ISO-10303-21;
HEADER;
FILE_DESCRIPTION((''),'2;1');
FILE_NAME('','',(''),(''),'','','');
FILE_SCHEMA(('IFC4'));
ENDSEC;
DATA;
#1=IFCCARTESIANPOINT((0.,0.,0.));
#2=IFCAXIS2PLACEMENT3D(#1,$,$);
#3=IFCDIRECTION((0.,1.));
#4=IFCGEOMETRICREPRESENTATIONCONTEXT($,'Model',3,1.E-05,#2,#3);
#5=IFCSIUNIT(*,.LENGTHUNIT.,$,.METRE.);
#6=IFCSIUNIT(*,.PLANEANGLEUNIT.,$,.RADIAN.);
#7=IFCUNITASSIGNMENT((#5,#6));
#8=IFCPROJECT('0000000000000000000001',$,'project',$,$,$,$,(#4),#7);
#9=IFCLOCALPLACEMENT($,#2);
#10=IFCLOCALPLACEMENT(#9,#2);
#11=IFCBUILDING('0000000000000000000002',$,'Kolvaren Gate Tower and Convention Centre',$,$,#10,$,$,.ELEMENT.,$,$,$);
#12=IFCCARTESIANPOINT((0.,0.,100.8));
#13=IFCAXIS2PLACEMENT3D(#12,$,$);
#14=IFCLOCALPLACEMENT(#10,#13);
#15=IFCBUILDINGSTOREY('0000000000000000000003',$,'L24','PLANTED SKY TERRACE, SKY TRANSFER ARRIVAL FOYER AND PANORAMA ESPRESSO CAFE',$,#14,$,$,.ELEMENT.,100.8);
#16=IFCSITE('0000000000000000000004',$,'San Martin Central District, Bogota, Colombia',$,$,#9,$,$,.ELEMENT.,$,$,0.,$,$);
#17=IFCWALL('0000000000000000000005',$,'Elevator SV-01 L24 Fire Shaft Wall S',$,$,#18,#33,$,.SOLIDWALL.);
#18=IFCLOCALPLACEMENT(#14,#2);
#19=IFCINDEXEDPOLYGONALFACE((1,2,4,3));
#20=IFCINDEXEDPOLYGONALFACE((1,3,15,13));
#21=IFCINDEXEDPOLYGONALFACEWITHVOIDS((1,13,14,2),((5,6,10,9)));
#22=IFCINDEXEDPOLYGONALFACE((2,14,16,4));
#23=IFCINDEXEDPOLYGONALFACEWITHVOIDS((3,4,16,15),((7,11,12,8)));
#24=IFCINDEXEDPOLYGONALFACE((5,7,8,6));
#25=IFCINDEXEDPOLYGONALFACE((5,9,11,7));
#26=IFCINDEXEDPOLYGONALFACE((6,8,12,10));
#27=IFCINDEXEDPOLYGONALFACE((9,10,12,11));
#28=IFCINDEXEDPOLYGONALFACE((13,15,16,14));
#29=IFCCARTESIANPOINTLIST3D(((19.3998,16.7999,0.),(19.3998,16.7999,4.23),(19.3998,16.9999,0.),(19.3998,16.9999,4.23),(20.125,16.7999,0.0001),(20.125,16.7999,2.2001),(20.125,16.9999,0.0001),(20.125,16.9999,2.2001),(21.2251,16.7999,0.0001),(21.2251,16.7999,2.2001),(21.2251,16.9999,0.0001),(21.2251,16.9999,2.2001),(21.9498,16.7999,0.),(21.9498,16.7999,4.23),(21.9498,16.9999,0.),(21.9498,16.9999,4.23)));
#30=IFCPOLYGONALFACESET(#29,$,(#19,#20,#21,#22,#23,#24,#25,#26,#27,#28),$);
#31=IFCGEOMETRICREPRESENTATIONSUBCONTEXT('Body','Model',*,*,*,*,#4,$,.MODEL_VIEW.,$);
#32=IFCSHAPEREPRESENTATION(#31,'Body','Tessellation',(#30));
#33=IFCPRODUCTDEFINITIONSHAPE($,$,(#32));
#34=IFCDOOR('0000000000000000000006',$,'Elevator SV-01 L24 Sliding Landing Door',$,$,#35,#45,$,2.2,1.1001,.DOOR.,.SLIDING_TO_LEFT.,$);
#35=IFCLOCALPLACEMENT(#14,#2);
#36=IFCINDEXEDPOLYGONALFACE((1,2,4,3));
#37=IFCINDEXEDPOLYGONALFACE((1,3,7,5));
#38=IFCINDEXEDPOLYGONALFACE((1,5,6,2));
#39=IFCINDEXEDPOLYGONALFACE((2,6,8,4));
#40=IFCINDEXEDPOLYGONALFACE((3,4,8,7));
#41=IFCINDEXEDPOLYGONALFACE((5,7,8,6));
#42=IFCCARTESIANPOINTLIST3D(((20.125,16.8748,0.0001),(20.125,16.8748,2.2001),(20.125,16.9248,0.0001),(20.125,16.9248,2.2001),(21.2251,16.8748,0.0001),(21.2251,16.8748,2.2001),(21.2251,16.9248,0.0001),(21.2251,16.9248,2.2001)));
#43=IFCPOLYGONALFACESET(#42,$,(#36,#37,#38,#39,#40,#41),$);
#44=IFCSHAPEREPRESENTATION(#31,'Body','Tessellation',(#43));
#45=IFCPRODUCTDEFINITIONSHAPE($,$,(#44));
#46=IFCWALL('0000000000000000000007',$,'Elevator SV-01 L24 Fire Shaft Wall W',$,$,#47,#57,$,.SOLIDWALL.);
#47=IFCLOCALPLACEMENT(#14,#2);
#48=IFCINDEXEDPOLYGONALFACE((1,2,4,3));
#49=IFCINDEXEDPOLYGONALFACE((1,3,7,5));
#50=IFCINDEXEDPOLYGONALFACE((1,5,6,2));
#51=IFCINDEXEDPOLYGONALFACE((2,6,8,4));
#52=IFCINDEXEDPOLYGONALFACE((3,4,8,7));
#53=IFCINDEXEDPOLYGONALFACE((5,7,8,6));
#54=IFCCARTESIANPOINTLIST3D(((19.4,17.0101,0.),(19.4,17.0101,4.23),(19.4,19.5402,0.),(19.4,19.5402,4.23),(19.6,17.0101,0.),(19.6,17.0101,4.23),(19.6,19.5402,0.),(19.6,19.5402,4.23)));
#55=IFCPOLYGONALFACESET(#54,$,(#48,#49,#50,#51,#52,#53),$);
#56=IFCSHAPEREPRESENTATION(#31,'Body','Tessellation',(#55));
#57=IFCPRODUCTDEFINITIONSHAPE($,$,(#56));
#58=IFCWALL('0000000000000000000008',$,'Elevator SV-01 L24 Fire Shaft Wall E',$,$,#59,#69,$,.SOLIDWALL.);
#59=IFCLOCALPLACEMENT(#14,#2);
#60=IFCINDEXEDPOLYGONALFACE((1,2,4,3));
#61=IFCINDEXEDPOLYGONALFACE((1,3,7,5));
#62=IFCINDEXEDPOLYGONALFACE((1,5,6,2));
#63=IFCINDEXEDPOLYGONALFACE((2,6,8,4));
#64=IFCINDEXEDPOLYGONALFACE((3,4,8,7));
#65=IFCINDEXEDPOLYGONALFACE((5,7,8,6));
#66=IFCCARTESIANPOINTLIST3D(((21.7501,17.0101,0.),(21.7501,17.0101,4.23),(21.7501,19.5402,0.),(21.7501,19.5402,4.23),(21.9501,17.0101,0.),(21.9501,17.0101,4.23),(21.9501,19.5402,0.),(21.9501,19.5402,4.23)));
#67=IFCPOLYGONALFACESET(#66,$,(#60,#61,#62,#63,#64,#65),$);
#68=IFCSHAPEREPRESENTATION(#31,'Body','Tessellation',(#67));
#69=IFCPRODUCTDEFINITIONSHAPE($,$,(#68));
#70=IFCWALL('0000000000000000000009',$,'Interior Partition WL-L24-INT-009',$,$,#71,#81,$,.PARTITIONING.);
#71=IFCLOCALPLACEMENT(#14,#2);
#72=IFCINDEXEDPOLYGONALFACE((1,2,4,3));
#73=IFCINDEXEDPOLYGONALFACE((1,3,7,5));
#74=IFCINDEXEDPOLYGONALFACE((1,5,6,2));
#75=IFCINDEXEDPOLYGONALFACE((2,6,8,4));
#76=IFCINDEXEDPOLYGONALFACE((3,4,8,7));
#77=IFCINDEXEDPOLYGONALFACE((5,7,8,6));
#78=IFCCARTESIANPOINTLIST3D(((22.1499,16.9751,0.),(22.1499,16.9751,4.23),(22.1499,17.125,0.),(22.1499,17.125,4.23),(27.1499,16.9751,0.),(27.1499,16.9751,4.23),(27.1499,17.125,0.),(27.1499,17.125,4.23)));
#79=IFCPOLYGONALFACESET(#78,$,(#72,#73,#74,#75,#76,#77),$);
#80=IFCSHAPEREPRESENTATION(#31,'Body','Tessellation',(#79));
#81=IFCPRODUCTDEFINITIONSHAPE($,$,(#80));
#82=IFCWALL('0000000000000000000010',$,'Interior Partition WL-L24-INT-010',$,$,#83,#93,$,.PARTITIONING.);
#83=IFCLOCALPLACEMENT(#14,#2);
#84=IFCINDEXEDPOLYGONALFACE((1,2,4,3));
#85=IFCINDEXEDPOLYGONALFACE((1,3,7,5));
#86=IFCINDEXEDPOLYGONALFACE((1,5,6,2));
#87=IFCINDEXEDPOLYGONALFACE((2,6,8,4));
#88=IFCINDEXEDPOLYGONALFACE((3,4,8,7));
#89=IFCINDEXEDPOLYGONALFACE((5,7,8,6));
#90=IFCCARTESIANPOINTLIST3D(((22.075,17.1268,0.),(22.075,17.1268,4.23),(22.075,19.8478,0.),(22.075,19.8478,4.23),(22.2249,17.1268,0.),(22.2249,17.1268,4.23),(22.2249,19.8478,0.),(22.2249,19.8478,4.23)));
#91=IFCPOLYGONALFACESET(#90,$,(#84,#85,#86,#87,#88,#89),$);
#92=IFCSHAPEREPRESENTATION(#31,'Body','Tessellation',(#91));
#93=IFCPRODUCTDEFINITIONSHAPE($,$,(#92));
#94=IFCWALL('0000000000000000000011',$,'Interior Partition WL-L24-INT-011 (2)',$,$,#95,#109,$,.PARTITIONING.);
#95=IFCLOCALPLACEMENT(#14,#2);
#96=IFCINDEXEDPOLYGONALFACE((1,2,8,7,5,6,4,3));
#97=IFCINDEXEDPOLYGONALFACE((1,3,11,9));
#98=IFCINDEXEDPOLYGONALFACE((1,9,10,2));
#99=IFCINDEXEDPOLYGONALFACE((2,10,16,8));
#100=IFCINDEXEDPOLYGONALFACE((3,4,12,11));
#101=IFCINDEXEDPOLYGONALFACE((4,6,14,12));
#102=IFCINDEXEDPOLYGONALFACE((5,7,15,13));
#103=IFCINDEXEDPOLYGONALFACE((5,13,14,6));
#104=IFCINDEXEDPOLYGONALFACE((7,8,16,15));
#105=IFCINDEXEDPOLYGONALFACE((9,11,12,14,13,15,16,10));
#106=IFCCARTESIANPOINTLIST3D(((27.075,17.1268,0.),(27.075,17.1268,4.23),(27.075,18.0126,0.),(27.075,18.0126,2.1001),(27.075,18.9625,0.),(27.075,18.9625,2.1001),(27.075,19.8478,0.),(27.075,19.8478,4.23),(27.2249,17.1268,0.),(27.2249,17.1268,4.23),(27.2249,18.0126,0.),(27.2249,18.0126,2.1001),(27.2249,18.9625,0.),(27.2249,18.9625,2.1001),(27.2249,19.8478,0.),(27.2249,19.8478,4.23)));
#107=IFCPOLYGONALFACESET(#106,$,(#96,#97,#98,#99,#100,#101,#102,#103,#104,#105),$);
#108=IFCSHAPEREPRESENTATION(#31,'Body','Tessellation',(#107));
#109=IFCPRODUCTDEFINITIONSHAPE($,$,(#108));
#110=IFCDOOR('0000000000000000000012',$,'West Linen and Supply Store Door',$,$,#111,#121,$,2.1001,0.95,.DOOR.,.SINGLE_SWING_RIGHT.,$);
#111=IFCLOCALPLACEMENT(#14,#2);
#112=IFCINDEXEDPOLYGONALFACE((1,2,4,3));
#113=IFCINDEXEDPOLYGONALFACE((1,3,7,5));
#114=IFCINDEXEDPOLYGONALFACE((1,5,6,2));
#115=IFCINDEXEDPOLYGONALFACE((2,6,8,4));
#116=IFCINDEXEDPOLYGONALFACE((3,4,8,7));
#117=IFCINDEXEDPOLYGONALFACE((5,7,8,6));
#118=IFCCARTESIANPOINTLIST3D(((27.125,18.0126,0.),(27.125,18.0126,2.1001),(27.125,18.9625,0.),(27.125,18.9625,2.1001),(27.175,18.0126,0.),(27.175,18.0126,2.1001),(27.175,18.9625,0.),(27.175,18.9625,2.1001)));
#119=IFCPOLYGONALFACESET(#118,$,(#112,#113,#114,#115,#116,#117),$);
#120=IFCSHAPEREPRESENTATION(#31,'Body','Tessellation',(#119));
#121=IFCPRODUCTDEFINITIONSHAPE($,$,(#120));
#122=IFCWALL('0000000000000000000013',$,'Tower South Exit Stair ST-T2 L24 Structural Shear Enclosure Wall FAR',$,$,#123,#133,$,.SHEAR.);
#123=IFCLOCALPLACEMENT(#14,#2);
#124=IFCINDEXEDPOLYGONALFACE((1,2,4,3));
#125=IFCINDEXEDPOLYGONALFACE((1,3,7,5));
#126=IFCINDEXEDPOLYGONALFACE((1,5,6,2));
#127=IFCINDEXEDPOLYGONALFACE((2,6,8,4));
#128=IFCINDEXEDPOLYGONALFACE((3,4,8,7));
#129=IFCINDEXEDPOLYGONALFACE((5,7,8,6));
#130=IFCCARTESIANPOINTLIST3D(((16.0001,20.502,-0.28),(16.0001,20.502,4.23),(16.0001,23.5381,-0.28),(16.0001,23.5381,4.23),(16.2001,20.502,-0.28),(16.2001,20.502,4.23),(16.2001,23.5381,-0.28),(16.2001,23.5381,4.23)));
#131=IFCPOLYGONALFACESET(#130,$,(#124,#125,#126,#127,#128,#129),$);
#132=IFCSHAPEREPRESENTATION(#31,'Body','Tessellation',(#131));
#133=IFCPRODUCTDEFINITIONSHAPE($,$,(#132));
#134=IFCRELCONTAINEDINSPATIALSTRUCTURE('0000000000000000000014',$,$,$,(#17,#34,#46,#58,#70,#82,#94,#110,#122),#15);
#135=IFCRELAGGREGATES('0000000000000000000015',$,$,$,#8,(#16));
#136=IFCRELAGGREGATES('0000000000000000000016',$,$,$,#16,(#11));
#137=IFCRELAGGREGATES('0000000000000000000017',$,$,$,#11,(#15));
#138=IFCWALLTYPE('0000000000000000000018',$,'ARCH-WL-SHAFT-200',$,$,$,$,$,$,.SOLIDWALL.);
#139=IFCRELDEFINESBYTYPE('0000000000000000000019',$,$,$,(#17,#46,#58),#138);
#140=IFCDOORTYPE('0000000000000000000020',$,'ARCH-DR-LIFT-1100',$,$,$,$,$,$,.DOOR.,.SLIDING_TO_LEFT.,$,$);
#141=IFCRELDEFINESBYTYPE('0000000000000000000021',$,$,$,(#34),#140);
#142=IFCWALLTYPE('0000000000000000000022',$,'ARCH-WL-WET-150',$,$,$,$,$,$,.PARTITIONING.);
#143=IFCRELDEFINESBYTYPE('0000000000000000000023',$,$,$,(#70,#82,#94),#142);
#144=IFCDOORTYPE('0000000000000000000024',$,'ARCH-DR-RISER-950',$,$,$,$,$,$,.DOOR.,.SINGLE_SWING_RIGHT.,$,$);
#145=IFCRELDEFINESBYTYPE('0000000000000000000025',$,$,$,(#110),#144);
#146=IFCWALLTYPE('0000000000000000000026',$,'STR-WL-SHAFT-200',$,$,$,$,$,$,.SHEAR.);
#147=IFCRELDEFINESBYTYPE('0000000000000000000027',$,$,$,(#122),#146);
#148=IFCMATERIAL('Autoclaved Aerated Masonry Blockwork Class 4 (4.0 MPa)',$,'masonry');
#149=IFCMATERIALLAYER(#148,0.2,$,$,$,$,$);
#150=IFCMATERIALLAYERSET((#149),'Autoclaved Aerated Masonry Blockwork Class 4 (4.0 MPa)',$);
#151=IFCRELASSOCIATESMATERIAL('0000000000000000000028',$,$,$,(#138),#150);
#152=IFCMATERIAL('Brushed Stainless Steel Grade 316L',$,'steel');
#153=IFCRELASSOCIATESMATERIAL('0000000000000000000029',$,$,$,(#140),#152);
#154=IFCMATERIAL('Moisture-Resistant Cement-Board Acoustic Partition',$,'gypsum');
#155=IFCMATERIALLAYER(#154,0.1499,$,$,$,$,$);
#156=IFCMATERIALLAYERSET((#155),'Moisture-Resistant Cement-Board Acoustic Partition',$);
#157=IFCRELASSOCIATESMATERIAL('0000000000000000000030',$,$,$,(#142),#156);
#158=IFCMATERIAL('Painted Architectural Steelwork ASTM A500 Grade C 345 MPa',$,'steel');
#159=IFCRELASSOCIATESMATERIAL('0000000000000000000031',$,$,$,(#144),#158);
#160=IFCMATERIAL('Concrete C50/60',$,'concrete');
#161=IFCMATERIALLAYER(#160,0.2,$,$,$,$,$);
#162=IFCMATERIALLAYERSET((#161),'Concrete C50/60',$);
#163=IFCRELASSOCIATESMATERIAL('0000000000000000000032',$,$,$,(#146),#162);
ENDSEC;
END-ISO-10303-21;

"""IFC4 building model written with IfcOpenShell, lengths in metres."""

from ifc_helpers import new_model, si_unit, direction, frame, frame_2d, origin, place, context, subcontext, project, spatial, rectangle, extrude, material, layer, layer_set, type_object, element, fill, save


model = new_model("IFC4")

# Units and contexts
model_context = context("Model", 3, precision=1e-05, world=origin(), true_north=direction((0.0, 1.0)))
body_context = subcontext(model_context, "Body", "Model", "MODEL_VIEW")
ifc_project = project(units=[si_unit("LENGTHUNIT", "METRE"), si_unit("PLANEANGLEUNIT", "RADIAN")], contexts=[model_context])

# Site, building, storey
site_placement = place(None, origin())
site = spatial("IfcSite", under=ifc_project, at=site_placement, Name="San Martin Central District, Bogota, Colombia", CompositionType="ELEMENT", RefElevation=0.0)
building_placement = place(site_placement, origin())
building = spatial("IfcBuilding", under=site, at=building_placement, Name="Kolvaren Gate Tower and Convention Centre", CompositionType="ELEMENT")
storey_placement = place(building_placement, frame((0.0, 0.0, 100.8)))
storey = spatial("IfcBuildingStorey", under=building, at=storey_placement, Name="L24", Description="PLANTED SKY TERRACE, SKY TRANSFER ARRIVAL FOYER AND PANORAMA ESPRESSO CAFE", CompositionType="ELEMENT", Elevation=100.8)

# Shared definitions
ifc_material_1 = material(Name="Autoclaved Aerated Masonry Blockwork Class 4 (4.0 MPa)", Category="masonry")
ifc_layer_1 = layer(ifc_material_1, 0.2)
ifc_layer_set_1 = layer_set([ifc_layer_1], Name="Autoclaved Aerated Masonry Blockwork Class 4 (4.0 MPa)")
wall_type_1 = type_object("IfcWallType", Name="ARCH-WL-SHAFT-200", PredefinedType="SOLIDWALL", material=ifc_layer_set_1)

# Wall, opening, door
wall_1_placement = place(storey_placement, frame((19.3999, 16.8999, 0.0), z_axis=(0.0, 0.0, 1.0), x_axis=(1.0, 0.0, 0.0)))
wall_1 = element("IfcWall", 1, at=wall_1_placement, inside=storey, type_object=wall_type_1, Name="Elevator SV-01 L24 Fire Shaft Wall S", PredefinedType="SOLIDWALL", context=body_context, shape_type="SweptSolid", body=[
    extrude(rectangle(XDim=2.55, YDim=0.2, at=frame_2d((1.2749, 0.0))), origin(), (0.0, 0.0, 1.0), 4.23),
])
opening_1_placement = place(wall_1_placement, frame((0.7251, 0.0, 0.0)))
opening_1 = element("IfcOpeningElement", 2, at=opening_1_placement, cuts=wall_1, PredefinedType="OPENING", context=body_context, shape_type="SweptSolid", body=[
    extrude(rectangle(XDim=1.1001, YDim=2.2, at=frame_2d((0.55, 1.1001))), frame((0.0, 0.1099, 0.0), z_axis=(0.0, -1.0, 0.0), x_axis=(1.0, 0.0, 0.0)), (0.0, 0.0, 1.0), 0.22),
])
ifc_material_2 = material(Name="Brushed Stainless Steel Grade 316L", Category="steel")
door_type_1 = type_object("IfcDoorType", Name="ARCH-DR-LIFT-1100", OperationType="SLIDING_TO_LEFT", PredefinedType="DOOR", material=ifc_material_2)
door_1_placement = place(opening_1_placement, origin())
door_1 = element("IfcDoor", 3, at=door_1_placement, inside=storey, type_object=door_type_1, Name="Elevator SV-01 L24 Sliding Landing Door", OperationType="SLIDING_TO_LEFT", OverallHeight=2.2, OverallWidth=1.1001, PredefinedType="DOOR", context=body_context, shape_type="SweptSolid", body=[
    extrude(rectangle(XDim=1.1001, YDim=2.2, at=frame_2d((0.55, 1.1001))), frame((0.0, 0.0249, 0.0), z_axis=(0.0, -1.0, 0.0), x_axis=(1.0, 0.0, 0.0)), (0.0, 0.0, 1.0), 0.05),
])
fill(opening_1, door_1)

# Walls
for number, where, z_axis, x_axis, name in (
    (4, (19.5, 17.01, 0.0), (0.0, 0.0, 1.0), (0.0, 1.0, 0.0), "Elevator SV-01 L24 Fire Shaft Wall W"),
    (5, (21.8501, 17.01, 0.0), (0.0, 0.0, 1.0), (0.0, 1.0, 0.0), "Elevator SV-01 L24 Fire Shaft Wall E"),
):
    element("IfcWall", number, at=place(storey_placement, frame(where, z_axis=z_axis, x_axis=x_axis)), inside=storey, type_object=wall_type_1, Name=name, PredefinedType="SOLIDWALL", context=body_context, shape_type="SweptSolid", body=[
        extrude(rectangle(XDim=2.53, YDim=0.2, at=frame_2d((1.2651, 0.0))), origin(), (0.0, 0.0, 1.0), 4.23),
    ])
ifc_material_3 = material(Name="Moisture-Resistant Cement-Board Acoustic Partition", Category="gypsum")
ifc_layer_2 = layer(ifc_material_3, 0.1499)
ifc_layer_set_2 = layer_set([ifc_layer_2], Name="Moisture-Resistant Cement-Board Acoustic Partition")
wall_type_2 = type_object("IfcWallType", Name="ARCH-WL-WET-150", PredefinedType="PARTITIONING", material=ifc_layer_set_2)
wall_2_placement = place(storey_placement, frame((22.1499, 17.05, 0.0), z_axis=(0.0, 0.0, 1.0), x_axis=(1.0, 0.0, 0.0)))
element("IfcWall", 6, at=wall_2_placement, inside=storey, type_object=wall_type_2, Name="Interior Partition WL-L24-INT-009", PredefinedType="PARTITIONING", context=body_context, shape_type="SweptSolid", body=[
    extrude(rectangle(XDim=5.0, YDim=0.1499, at=frame_2d((2.5, 0.0))), origin(), (0.0, 0.0, 1.0), 4.23),
])
wall_3_placement = place(storey_placement, frame((22.1499, 17.127, 0.0), z_axis=(0.0, 0.0, 1.0), x_axis=(0.0, 1.0, 0.0)))
element("IfcWall", 7, at=wall_3_placement, inside=storey, type_object=wall_type_2, Name="Interior Partition WL-L24-INT-010", PredefinedType="PARTITIONING", context=body_context, shape_type="SweptSolid", body=[
    extrude(rectangle(XDim=2.7209, YDim=0.1499, at=frame_2d((1.3604, 0.0))), origin(), (0.0, 0.0, 1.0), 4.23),
])

# Wall, opening, door
wall_4_placement = place(storey_placement, frame((27.1499, 17.127, 0.0), z_axis=(0.0, 0.0, 1.0), x_axis=(0.0, 1.0, 0.0)))
wall_4 = element("IfcWall", 8, at=wall_4_placement, inside=storey, type_object=wall_type_2, Name="Interior Partition WL-L24-INT-011 (2)", PredefinedType="PARTITIONING", context=body_context, shape_type="SweptSolid", body=[
    extrude(rectangle(XDim=2.7209, YDim=0.1499, at=frame_2d((1.3604, 0.0))), origin(), (0.0, 0.0, 1.0), 4.23),
])
opening_2_placement = place(wall_4_placement, frame((0.8855, 0.0, 0.0)))
opening_2 = element("IfcOpeningElement", 9, at=opening_2_placement, cuts=wall_4, PredefinedType="OPENING", context=body_context, shape_type="SweptSolid", body=[
    extrude(rectangle(XDim=0.95, YDim=2.1001, at=frame_2d((0.4751, 1.05))), frame((0.0, 0.085, 0.0), z_axis=(0.0, -1.0, 0.0), x_axis=(1.0, 0.0, 0.0)), (0.0, 0.0, 1.0), 0.1699),
])
ifc_material_4 = material(Name="Painted Architectural Steelwork ASTM A500 Grade C 345 MPa", Category="steel")
door_type_2 = type_object("IfcDoorType", Name="ARCH-DR-RISER-950", OperationType="SINGLE_SWING_RIGHT", PredefinedType="DOOR", material=ifc_material_4)
door_2_placement = place(opening_2_placement, origin())
door_2 = element("IfcDoor", 10, at=door_2_placement, inside=storey, type_object=door_type_2, Name="West Linen and Supply Store Door", OperationType="SINGLE_SWING_RIGHT", OverallHeight=2.1001, OverallWidth=0.95, PredefinedType="DOOR", context=body_context, shape_type="SweptSolid", body=[
    extrude(rectangle(XDim=0.95, YDim=2.1001, at=frame_2d((0.4751, 1.05))), frame((0.0, 0.0249, 0.0), z_axis=(0.0, -1.0, 0.0), x_axis=(1.0, 0.0, 0.0)), (0.0, 0.0, 1.0), 0.05),
])
fill(opening_2, door_2)

# Wall
ifc_material_5 = material(Name="Concrete C50/60", Category="concrete")
ifc_layer_3 = layer(ifc_material_5, 0.2)
ifc_layer_set_3 = layer_set([ifc_layer_3], Name="Concrete C50/60")
wall_type_3 = type_object("IfcWallType", Name="STR-WL-SHAFT-200", PredefinedType="SHEAR", material=ifc_layer_set_3)
wall_5_placement = place(storey_placement, frame((16.1001, 20.502, -0.28), z_axis=(0.0, 0.0, 1.0), x_axis=(0.0, 1.0, 0.0)))
element("IfcWall", 11, at=wall_5_placement, inside=storey, type_object=wall_type_3, Name="Tower South Exit Stair ST-T2 L24 Structural Shear Enclosure Wall FAR", PredefinedType="SHEAR", context=body_context, shape_type="SweptSolid", body=[
    extrude(rectangle(XDim=3.0361, YDim=0.2, at=frame_2d((1.5181, 0.0))), origin(), (0.0, 0.0, 1.0), 4.51),
])

save(model, "model.ifc")
